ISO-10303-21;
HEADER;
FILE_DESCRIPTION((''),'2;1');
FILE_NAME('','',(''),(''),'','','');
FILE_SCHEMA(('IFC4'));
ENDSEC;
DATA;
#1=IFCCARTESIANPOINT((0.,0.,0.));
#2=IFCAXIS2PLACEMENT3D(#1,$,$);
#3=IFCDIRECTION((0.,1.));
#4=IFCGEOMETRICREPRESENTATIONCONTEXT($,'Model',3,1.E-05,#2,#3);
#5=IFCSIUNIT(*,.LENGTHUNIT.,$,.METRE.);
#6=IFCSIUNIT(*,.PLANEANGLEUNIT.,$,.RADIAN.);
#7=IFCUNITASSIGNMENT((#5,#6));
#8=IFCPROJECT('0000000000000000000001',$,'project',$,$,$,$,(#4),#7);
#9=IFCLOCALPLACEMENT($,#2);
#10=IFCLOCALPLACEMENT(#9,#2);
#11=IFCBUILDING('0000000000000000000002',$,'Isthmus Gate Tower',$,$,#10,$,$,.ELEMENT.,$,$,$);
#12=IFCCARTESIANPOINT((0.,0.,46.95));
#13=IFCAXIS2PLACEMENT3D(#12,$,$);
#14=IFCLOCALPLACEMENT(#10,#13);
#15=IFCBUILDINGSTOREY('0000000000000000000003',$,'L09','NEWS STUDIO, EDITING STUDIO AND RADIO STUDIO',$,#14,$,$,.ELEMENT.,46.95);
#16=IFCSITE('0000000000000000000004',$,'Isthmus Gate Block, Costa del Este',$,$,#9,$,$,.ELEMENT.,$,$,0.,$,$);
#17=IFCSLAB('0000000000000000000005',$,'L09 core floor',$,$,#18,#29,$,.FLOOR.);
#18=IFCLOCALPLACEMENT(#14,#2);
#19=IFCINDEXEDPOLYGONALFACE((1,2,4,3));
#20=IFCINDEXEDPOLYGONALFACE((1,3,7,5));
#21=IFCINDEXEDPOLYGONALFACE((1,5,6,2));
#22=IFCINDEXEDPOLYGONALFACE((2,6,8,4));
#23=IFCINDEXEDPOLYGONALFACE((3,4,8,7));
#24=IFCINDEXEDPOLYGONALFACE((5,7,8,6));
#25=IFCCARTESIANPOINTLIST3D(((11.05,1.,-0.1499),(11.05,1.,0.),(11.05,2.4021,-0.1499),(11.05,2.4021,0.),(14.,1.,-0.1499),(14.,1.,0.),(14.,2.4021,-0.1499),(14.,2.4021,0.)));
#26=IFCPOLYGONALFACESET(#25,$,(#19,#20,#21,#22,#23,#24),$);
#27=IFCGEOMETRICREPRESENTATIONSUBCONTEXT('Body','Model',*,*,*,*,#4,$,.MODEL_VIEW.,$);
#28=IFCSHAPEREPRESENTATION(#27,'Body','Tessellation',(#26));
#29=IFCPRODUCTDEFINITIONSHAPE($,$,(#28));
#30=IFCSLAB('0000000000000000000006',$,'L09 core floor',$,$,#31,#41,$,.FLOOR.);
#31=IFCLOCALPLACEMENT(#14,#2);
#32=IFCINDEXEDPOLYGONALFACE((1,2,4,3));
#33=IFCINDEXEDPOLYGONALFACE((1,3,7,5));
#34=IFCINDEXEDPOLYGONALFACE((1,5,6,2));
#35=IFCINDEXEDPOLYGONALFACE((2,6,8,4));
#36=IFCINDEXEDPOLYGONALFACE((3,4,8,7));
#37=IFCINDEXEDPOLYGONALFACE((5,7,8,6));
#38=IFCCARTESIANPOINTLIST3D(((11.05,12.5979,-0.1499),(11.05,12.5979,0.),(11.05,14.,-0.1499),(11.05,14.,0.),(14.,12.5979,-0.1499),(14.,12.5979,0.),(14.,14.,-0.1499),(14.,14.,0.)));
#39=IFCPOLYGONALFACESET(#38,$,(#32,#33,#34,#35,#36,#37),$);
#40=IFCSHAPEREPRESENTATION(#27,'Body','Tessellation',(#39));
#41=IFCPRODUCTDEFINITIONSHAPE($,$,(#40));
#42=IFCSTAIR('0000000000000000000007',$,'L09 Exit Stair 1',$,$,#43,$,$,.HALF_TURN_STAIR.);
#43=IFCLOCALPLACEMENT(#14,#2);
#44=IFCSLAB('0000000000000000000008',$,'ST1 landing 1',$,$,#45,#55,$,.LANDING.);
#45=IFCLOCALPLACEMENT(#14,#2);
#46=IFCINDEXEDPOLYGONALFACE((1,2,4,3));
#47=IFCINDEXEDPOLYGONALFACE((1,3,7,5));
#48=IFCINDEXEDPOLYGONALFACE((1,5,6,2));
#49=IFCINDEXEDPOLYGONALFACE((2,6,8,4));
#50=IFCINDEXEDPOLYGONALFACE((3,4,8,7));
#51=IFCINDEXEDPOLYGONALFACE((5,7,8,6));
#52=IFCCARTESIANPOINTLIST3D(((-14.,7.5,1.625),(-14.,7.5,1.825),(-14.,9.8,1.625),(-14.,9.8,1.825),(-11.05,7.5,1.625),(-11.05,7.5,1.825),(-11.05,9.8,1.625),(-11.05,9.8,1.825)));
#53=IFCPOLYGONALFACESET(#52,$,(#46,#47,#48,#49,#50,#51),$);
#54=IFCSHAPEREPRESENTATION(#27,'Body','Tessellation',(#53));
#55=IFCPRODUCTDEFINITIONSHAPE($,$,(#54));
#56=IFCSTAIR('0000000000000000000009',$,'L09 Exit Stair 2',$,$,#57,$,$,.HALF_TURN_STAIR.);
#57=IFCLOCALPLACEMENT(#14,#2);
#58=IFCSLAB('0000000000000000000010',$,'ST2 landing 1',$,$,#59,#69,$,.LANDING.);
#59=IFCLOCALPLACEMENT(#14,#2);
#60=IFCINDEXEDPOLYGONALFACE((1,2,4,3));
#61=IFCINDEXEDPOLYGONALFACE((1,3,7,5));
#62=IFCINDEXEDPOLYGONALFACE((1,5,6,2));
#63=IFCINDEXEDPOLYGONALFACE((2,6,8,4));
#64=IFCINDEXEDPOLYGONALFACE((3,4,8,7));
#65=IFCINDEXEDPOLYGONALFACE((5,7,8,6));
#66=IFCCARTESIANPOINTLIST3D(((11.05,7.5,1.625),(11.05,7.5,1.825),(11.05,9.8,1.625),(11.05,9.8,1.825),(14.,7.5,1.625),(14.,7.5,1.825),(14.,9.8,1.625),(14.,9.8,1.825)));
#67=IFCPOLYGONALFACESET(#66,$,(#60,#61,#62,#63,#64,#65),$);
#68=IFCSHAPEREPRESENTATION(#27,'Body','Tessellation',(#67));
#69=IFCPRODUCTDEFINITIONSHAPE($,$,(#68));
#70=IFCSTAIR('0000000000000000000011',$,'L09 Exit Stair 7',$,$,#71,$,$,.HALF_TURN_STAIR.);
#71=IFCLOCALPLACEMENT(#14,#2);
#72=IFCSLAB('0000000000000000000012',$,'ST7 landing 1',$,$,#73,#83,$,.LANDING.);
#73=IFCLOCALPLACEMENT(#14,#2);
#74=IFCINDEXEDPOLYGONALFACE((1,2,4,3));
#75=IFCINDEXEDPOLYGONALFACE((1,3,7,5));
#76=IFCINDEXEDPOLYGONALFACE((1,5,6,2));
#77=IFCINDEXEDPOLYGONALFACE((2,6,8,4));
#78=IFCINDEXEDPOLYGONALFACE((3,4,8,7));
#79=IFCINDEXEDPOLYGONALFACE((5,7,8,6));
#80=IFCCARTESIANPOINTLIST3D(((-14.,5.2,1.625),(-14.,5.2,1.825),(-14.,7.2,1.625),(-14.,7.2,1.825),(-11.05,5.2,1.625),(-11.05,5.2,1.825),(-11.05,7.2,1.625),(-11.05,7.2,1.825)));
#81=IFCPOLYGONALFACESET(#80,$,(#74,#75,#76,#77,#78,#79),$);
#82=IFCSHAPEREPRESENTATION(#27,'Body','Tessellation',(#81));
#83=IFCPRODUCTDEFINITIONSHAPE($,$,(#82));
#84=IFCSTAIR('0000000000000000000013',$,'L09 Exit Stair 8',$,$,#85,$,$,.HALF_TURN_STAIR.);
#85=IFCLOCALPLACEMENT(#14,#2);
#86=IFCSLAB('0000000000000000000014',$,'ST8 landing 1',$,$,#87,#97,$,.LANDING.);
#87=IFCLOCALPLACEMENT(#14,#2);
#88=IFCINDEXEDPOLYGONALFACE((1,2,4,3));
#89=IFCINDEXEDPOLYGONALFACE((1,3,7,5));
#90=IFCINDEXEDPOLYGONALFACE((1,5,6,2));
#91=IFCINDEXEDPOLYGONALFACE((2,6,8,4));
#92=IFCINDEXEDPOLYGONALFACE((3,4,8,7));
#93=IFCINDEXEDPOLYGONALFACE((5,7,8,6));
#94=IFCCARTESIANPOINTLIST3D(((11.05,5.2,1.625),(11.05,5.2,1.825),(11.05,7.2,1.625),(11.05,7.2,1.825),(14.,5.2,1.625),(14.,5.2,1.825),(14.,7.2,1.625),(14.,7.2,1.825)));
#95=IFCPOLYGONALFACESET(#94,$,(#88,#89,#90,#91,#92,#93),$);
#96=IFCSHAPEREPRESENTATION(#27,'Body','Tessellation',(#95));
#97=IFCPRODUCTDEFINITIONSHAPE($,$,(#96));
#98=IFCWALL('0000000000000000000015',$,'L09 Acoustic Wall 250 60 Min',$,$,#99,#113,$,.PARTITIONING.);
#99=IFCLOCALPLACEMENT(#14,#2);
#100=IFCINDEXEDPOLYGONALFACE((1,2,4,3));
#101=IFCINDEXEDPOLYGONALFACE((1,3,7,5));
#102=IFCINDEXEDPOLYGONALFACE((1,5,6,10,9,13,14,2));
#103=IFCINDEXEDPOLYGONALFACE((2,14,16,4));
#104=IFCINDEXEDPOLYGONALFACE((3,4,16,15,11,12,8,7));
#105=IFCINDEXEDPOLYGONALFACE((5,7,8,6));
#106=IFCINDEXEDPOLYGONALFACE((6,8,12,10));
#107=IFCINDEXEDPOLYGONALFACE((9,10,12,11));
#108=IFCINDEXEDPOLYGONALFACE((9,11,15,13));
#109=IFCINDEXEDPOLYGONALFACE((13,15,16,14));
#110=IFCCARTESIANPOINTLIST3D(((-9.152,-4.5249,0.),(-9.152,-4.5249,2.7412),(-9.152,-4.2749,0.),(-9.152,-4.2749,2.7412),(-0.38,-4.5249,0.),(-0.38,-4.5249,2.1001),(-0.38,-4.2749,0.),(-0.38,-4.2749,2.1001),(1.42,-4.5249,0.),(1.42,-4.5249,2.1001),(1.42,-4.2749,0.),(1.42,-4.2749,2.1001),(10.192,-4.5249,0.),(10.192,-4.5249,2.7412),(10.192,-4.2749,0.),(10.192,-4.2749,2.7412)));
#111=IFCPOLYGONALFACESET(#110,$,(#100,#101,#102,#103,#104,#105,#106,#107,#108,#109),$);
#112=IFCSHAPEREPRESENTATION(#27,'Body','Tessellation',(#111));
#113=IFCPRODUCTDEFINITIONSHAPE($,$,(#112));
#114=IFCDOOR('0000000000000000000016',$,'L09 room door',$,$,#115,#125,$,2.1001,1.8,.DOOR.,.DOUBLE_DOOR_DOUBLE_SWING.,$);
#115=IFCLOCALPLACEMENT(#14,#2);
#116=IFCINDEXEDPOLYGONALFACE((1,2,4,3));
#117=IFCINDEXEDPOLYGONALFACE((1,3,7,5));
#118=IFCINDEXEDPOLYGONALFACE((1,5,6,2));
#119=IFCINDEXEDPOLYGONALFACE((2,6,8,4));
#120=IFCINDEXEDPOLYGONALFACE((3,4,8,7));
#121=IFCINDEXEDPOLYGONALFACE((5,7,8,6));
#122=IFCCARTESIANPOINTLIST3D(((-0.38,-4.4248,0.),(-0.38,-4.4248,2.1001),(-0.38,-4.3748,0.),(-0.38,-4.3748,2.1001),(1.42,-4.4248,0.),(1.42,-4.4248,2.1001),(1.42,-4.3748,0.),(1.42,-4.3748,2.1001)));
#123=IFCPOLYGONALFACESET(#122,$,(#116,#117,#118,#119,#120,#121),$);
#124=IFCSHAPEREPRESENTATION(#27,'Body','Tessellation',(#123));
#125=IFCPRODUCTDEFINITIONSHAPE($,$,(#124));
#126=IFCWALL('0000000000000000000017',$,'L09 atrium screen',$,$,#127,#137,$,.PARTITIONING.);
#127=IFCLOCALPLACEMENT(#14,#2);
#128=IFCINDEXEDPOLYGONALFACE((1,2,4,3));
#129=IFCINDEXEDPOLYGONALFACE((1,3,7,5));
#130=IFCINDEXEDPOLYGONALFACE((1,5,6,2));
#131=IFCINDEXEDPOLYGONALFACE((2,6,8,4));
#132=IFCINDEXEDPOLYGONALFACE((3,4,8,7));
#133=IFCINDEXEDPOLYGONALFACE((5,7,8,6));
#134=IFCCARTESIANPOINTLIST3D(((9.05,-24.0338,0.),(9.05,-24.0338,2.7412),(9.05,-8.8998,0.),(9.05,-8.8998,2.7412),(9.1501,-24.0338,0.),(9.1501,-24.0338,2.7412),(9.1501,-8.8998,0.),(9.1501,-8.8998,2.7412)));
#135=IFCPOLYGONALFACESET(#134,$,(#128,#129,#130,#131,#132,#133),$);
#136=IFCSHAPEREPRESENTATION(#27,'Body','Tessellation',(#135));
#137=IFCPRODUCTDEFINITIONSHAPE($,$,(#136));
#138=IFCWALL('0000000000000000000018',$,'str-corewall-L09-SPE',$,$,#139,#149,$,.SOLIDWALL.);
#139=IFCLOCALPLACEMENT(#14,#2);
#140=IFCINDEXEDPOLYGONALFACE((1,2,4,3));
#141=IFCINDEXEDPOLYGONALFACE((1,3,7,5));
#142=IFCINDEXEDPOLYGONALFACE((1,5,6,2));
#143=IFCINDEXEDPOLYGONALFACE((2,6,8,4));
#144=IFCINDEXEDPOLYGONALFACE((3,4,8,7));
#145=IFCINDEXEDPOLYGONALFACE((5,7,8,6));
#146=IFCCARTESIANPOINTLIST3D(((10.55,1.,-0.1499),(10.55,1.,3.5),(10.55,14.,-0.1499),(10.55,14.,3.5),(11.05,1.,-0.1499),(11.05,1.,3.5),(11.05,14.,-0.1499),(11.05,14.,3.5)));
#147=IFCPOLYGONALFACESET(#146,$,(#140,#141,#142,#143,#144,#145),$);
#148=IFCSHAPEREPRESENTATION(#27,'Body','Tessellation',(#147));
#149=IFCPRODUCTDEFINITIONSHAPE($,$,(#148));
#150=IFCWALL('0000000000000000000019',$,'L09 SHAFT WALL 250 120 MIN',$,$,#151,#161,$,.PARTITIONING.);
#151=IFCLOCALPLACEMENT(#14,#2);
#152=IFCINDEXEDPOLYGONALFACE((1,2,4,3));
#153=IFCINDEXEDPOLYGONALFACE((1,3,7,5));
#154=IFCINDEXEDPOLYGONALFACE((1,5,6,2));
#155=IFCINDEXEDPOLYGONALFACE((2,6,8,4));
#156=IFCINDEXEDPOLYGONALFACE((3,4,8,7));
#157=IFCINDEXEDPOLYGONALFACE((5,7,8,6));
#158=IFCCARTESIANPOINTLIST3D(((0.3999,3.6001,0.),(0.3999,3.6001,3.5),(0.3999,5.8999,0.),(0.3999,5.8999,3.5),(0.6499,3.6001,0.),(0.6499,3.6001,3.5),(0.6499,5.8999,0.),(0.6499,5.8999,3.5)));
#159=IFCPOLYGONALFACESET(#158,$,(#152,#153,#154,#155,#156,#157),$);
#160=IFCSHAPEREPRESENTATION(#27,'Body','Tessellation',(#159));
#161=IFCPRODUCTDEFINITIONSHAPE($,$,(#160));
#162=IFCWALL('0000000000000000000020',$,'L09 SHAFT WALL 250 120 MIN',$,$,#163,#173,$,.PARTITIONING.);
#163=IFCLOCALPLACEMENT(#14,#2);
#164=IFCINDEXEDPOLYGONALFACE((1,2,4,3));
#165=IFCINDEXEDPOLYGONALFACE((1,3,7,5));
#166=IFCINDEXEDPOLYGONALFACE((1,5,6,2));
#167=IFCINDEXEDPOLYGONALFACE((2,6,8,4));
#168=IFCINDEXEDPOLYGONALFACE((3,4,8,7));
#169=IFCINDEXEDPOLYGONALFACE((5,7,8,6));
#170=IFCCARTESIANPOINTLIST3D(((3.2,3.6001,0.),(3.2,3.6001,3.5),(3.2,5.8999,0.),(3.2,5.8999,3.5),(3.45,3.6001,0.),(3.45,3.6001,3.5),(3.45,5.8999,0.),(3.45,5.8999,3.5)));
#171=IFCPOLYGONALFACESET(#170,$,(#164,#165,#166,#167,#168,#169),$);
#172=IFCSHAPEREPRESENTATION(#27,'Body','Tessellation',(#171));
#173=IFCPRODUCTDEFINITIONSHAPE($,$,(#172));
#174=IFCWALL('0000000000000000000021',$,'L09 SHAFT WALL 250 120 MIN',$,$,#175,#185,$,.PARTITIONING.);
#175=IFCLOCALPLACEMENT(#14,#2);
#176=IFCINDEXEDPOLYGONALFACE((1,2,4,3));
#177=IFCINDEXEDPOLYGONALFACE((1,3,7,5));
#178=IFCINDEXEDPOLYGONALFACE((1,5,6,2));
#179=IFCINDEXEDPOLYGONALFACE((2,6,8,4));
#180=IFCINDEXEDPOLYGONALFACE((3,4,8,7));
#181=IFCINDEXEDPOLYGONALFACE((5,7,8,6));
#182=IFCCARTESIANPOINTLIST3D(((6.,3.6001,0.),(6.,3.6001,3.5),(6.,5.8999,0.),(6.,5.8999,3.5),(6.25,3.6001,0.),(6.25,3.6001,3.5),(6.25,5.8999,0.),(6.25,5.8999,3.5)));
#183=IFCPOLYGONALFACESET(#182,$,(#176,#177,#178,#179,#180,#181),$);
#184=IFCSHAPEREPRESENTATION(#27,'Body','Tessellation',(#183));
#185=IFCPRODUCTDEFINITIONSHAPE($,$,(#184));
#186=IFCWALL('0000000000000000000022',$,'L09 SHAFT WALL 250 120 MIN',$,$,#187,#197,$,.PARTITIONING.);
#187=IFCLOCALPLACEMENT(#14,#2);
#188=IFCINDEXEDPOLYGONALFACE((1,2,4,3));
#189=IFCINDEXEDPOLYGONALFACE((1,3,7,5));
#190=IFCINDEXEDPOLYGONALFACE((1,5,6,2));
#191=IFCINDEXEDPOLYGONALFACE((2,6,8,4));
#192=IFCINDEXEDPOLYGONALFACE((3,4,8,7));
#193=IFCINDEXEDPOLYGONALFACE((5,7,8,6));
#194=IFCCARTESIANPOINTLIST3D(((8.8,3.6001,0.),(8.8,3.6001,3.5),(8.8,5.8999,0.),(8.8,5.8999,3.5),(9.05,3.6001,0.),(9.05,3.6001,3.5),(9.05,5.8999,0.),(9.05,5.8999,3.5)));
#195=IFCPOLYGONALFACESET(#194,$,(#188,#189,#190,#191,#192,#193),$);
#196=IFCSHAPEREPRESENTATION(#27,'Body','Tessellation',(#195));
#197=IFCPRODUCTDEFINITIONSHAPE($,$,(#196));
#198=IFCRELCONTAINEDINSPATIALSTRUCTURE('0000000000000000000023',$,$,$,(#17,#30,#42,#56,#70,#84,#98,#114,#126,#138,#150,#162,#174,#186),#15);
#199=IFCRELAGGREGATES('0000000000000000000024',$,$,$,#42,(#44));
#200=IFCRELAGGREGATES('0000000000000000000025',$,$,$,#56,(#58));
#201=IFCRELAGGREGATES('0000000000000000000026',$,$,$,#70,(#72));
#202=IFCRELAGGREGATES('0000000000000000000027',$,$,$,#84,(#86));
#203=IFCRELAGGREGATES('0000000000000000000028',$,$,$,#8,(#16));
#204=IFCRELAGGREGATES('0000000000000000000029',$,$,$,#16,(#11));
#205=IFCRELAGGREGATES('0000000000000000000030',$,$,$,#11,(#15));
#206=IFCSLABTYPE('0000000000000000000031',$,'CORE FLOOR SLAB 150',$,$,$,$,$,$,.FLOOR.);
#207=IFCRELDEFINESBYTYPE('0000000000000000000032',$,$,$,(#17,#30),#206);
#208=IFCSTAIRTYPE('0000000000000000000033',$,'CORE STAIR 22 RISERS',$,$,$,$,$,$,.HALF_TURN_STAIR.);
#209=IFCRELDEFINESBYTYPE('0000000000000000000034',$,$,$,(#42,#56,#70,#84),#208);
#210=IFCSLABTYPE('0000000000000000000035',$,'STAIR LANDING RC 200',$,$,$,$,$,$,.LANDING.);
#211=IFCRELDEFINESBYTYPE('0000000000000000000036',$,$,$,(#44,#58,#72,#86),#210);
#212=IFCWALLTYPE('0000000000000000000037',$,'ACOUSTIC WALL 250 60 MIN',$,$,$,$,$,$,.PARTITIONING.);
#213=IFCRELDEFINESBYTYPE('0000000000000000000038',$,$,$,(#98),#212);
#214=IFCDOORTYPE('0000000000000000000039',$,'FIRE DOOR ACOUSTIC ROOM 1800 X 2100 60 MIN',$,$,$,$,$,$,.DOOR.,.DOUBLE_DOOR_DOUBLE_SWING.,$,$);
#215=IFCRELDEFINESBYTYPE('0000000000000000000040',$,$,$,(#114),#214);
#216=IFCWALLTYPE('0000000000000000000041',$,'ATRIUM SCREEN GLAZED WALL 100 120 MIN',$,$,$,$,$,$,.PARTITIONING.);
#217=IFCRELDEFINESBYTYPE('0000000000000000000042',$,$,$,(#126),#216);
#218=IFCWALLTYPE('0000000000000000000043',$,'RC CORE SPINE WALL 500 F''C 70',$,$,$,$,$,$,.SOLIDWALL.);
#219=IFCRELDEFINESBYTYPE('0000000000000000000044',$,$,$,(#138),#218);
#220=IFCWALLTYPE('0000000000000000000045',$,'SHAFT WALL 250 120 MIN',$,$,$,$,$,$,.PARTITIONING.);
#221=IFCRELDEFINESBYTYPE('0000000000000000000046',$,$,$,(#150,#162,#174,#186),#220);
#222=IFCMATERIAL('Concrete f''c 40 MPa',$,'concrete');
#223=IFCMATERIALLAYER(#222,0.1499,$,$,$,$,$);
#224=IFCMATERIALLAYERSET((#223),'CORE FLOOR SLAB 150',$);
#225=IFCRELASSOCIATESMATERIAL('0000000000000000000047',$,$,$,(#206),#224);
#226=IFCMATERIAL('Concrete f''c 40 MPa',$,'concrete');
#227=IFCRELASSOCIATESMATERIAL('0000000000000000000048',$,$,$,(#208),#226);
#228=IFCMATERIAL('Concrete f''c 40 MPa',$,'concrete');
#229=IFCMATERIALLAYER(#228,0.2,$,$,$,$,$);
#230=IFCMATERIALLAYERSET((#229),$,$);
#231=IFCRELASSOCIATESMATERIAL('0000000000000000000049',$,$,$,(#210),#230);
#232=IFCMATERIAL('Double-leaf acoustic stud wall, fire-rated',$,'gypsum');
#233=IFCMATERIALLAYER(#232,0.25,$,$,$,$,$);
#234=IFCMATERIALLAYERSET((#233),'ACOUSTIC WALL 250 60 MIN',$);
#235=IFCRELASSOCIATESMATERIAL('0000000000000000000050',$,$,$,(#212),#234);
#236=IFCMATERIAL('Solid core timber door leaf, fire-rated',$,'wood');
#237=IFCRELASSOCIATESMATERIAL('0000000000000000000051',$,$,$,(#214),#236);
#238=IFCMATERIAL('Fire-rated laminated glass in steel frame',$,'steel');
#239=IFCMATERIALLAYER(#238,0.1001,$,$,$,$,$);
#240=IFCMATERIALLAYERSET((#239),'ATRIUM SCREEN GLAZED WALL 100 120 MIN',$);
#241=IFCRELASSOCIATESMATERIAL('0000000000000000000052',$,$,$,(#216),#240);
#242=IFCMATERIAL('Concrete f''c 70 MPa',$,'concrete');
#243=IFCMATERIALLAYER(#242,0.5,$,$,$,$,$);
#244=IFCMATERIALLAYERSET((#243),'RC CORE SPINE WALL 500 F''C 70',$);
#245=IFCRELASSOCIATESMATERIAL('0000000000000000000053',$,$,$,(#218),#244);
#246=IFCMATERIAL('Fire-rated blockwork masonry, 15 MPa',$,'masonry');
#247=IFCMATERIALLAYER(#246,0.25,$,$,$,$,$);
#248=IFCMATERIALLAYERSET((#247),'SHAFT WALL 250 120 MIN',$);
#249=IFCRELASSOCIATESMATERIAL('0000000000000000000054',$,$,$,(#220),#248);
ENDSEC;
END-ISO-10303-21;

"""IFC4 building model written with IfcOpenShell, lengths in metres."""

from ifc_helpers import new_model, si_unit, direction, frame, frame_2d, origin, place, context, subcontext, project, spatial, polyline, rectangle, outline, extrude, material, layer, layer_set, type_object, element, fill, aggregate, save


model = new_model("IFC4")

# Units and contexts
model_context = context("Model", 3, precision=1e-05, world=origin(), true_north=direction((0.0, 1.0)))
body_context = subcontext(model_context, "Body", "Model", "MODEL_VIEW")
ifc_project = project(units=[si_unit("LENGTHUNIT", "METRE"), si_unit("PLANEANGLEUNIT", "RADIAN")], contexts=[model_context])

# Site, building, storey
site_placement = place(None, origin())
site = spatial("IfcSite", under=ifc_project, at=site_placement, Name="Isthmus Gate Block, Costa del Este", CompositionType="ELEMENT", RefElevation=0.0)
building_placement = place(site_placement, origin())
building = spatial("IfcBuilding", under=site, at=building_placement, Name="Isthmus Gate Tower", CompositionType="ELEMENT")
storey_placement = place(building_placement, frame((0.0, 0.0, 46.95)))
storey = spatial("IfcBuildingStorey", under=building, at=storey_placement, Name="L09", Description="NEWS STUDIO, EDITING STUDIO AND RADIO STUDIO", CompositionType="ELEMENT", Elevation=46.95)

# Slabs
ifc_material_1 = material(Name="Concrete f'c 40 MPa", Category="concrete")
ifc_layer_1 = layer(ifc_material_1, 0.1499)
ifc_layer_set_1 = layer_set([ifc_layer_1], Name="CORE FLOOR SLAB 150")
slab_type_1 = type_object("IfcSlabType", Name="CORE FLOOR SLAB 150", PredefinedType="FLOOR", material=ifc_layer_set_1)
slab_1_placement = place(storey_placement, frame((0.0, 0.0, -0.1499)))
element("IfcSlab", 1, at=slab_1_placement, inside=storey, type_object=slab_type_1, Name="L09 core floor", PredefinedType="FLOOR", context=body_context, shape_type="SweptSolid", body=[
    extrude(outline(polyline([(14.0, 1.0), (14.0, 2.4021), (11.05, 2.4021), (11.05, 1.0), (14.0, 1.0)])), origin(), (0.0, 0.0, 1.0), 0.1499),
])
slab_2_placement = place(storey_placement, frame((0.0, 0.0, -0.1499)))
element("IfcSlab", 2, at=slab_2_placement, inside=storey, type_object=slab_type_1, Name="L09 core floor", PredefinedType="FLOOR", context=body_context, shape_type="SweptSolid", body=[
    extrude(outline(polyline([(11.05, 14.0), (11.05, 12.5979), (14.0, 12.5979), (14.0, 14.0), (11.05, 14.0)])), origin(), (0.0, 0.0, 1.0), 0.1499),
])

# Stairs, slabs
ifc_material_2 = material(Name="Concrete f'c 40 MPa", Category="concrete")
stair_type = type_object("IfcStairType", Name="CORE STAIR 22 RISERS", PredefinedType="HALF_TURN_STAIR", material=ifc_material_2)
stair_1_placement = place(storey_placement, origin())
stair_1 = element("IfcStair", 3, at=stair_1_placement, inside=storey, type_object=stair_type, Name="L09 Exit Stair 1", PredefinedType="HALF_TURN_STAIR")
ifc_material_3 = material(Name="Concrete f'c 40 MPa", Category="concrete")
ifc_layer_2 = layer(ifc_material_3, 0.2)
ifc_layer_set_2 = layer_set([ifc_layer_2])
slab_type_2 = type_object("IfcSlabType", Name="STAIR LANDING RC 200", PredefinedType="LANDING", material=ifc_layer_set_2)
slab_3_placement = place(storey_placement, frame((0.0, 0.0, 1.625)))
slab_3 = element("IfcSlab", 4, at=slab_3_placement, type_object=slab_type_2, Name="ST1 landing 1", PredefinedType="LANDING", context=body_context, shape_type="SweptSolid", body=[
    extrude(outline(polyline([(-14.0, 9.8), (-14.0, 7.5), (-11.05, 7.5), (-11.05, 9.8), (-14.0, 9.8)])), origin(), (0.0, 0.0, 1.0), 0.2),
])
aggregate(stair_1, [slab_3])
stair_2_placement = place(storey_placement, origin())
stair_2 = element("IfcStair", 5, at=stair_2_placement, inside=storey, type_object=stair_type, Name="L09 Exit Stair 2", PredefinedType="HALF_TURN_STAIR")
slab_4_placement = place(storey_placement, frame((0.0, 0.0, 1.625)))
slab_4 = element("IfcSlab", 6, at=slab_4_placement, type_object=slab_type_2, Name="ST2 landing 1", PredefinedType="LANDING", context=body_context, shape_type="SweptSolid", body=[
    extrude(outline(polyline([(11.05, 9.8), (11.05, 7.5), (14.0, 7.5), (14.0, 9.8), (11.05, 9.8)])), origin(), (0.0, 0.0, 1.0), 0.2),
])
aggregate(stair_2, [slab_4])
stair_3_placement = place(storey_placement, origin())
stair_3 = element("IfcStair", 7, at=stair_3_placement, inside=storey, type_object=stair_type, Name="L09 Exit Stair 7", PredefinedType="HALF_TURN_STAIR")
slab_5_placement = place(storey_placement, frame((0.0, 0.0, 1.625)))
slab_5 = element("IfcSlab", 8, at=slab_5_placement, type_object=slab_type_2, Name="ST7 landing 1", PredefinedType="LANDING", context=body_context, shape_type="SweptSolid", body=[
    extrude(outline(polyline([(-11.05, 5.2), (-11.05, 7.2), (-14.0, 7.2), (-14.0, 5.2), (-11.05, 5.2)])), origin(), (0.0, 0.0, 1.0), 0.2),
])
aggregate(stair_3, [slab_5])
stair_4_placement = place(storey_placement, origin())
stair_4 = element("IfcStair", 9, at=stair_4_placement, inside=storey, type_object=stair_type, Name="L09 Exit Stair 8", PredefinedType="HALF_TURN_STAIR")
slab_6_placement = place(storey_placement, frame((0.0, 0.0, 1.625)))
slab_6 = element("IfcSlab", 10, at=slab_6_placement, type_object=slab_type_2, Name="ST8 landing 1", PredefinedType="LANDING", context=body_context, shape_type="SweptSolid", body=[
    extrude(outline(polyline([(14.0, 5.2), (14.0, 7.2), (11.05, 7.2), (11.05, 5.2), (14.0, 5.2)])), origin(), (0.0, 0.0, 1.0), 0.2),
])

# Wall, opening, door
ifc_material_4 = material(Name="Double-leaf acoustic stud wall, fire-rated", Category="gypsum")
ifc_layer_3 = layer(ifc_material_4, 0.25)
ifc_layer_set_3 = layer_set([ifc_layer_3], Name="ACOUSTIC WALL 250 60 MIN")
wall_type_1 = type_object("IfcWallType", Name="ACOUSTIC WALL 250 60 MIN", PredefinedType="PARTITIONING", material=ifc_layer_set_3)
wall_1_placement = place(storey_placement, frame((10.1919, -4.3999, 0.0), z_axis=(0.0, 0.0, 1.0), x_axis=(-1.0, 0.0, 0.0)))
wall_1 = element("IfcWall", 11, at=wall_1_placement, inside=storey, type_object=wall_type_1, Name="L09 Acoustic Wall 250 60 Min", PredefinedType="PARTITIONING", context=body_context, shape_type="SweptSolid", body=[
    extrude(rectangle(XDim=19.344, YDim=0.25, at=frame_2d((9.6719, 0.0))), origin(), (0.0, 0.0, 1.0), 2.7412),
])
opening_placement = place(wall_1_placement, frame((8.772, 0.0, 0.0)))
opening = element("IfcOpeningElement", 12, at=opening_placement, cuts=wall_1, PredefinedType="OPENING", context=body_context, shape_type="SweptSolid", body=[
    extrude(rectangle(XDim=1.8, YDim=2.1001, at=frame_2d((0.8999, 1.05))), frame((0.0, 0.135, 0.0), z_axis=(0.0, -1.0, 0.0), x_axis=(1.0, 0.0, 0.0)), (0.0, 0.0, 1.0), 0.27),
])
ifc_material_5 = material(Name="Solid core timber door leaf, fire-rated", Category="wood")
door_type = type_object("IfcDoorType", Name="FIRE DOOR ACOUSTIC ROOM 1800 X 2100 60 MIN", OperationType="DOUBLE_DOOR_DOUBLE_SWING", PredefinedType="DOOR", material=ifc_material_5)
door_placement = place(opening_placement, origin())
door = element("IfcDoor", 13, at=door_placement, inside=storey, type_object=door_type, Name="L09 room door", OperationType="DOUBLE_DOOR_DOUBLE_SWING", OverallHeight=2.1001, OverallWidth=1.8, PredefinedType="DOOR", context=body_context, shape_type="SweptSolid", body=[
    extrude(rectangle(XDim=1.8, YDim=2.1001, at=frame_2d((0.8999, 1.05))), frame((0.0, 0.0249, 0.0), z_axis=(0.0, -1.0, 0.0), x_axis=(1.0, 0.0, 0.0)), (0.0, 0.0, 1.0), 0.05),
])
fill(opening, door)

# Walls
ifc_material_6 = material(Name="Fire-rated laminated glass in steel frame", Category="steel")
ifc_layer_4 = layer(ifc_material_6, 0.1001)
ifc_layer_set_4 = layer_set([ifc_layer_4], Name="ATRIUM SCREEN GLAZED WALL 100 120 MIN")
wall_type_2 = type_object("IfcWallType", Name="ATRIUM SCREEN GLAZED WALL 100 120 MIN", PredefinedType="PARTITIONING", material=ifc_layer_set_4)
wall_2_placement = place(storey_placement, frame((9.1001, -8.8999, 0.0), z_axis=(0.0, 0.0, 1.0), x_axis=(0.0, -1.0, 0.0)))
element("IfcWall", 14, at=wall_2_placement, inside=storey, type_object=wall_type_2, Name="L09 atrium screen", PredefinedType="PARTITIONING", context=body_context, shape_type="SweptSolid", body=[
    extrude(rectangle(XDim=15.134, YDim=0.1001, at=frame_2d((7.5669, 0.0))), origin(), (0.0, 0.0, 1.0), 2.7412),
])
ifc_material_7 = material(Name="Concrete f'c 70 MPa", Category="concrete")
ifc_layer_5 = layer(ifc_material_7, 0.5)
ifc_layer_set_5 = layer_set([ifc_layer_5], Name="RC CORE SPINE WALL 500 F'C 70")
wall_type_3 = type_object("IfcWallType", Name="RC CORE SPINE WALL 500 F'C 70", PredefinedType="SOLIDWALL", material=ifc_layer_set_5)
wall_3_placement = place(storey_placement, frame((10.8, 1.0, -0.1499), z_axis=(0.0, 0.0, 1.0), x_axis=(0.0, 1.0, 0.0)))
element("IfcWall", 15, at=wall_3_placement, inside=storey, type_object=wall_type_3, Name="str-corewall-L09-SPE", PredefinedType="SOLIDWALL", context=body_context, shape_type="SweptSolid", body=[
    extrude(rectangle(XDim=13.0, YDim=0.5, at=frame_2d((6.5, 0.0))), origin(), (0.0, 0.0, 1.0), 3.6499),
])
ifc_material_8 = material(Name="Fire-rated blockwork masonry, 15 MPa", Category="masonry")
ifc_layer_6 = layer(ifc_material_8, 0.25)
ifc_layer_set_6 = layer_set([ifc_layer_6], Name="SHAFT WALL 250 120 MIN")
wall_type_4 = type_object("IfcWallType", Name="SHAFT WALL 250 120 MIN", PredefinedType="PARTITIONING", material=ifc_layer_set_6)
for number, where, z_axis, x_axis, name in (
    (16, (0.5249, 3.6001, 0.0), (0.0, 0.0, 1.0), (0.0, 1.0, 0.0), "L09 SHAFT WALL 250 120 MIN"),
    (17, (3.325, 3.6001, 0.0), (0.0, 0.0, 1.0), (0.0, 1.0, 0.0), "L09 SHAFT WALL 250 120 MIN"),
    (18, (6.125, 3.6001, 0.0), (0.0, 0.0, 1.0), (0.0, 1.0, 0.0), "L09 SHAFT WALL 250 120 MIN"),
    (19, (8.925, 3.6001, 0.0), (0.0, 0.0, 1.0), (0.0, 1.0, 0.0), "L09 SHAFT WALL 250 120 MIN"),
):
    element("IfcWall", number, at=place(storey_placement, frame(where, z_axis=z_axis, x_axis=x_axis)), inside=storey, type_object=wall_type_4, Name=name, PredefinedType="PARTITIONING", context=body_context, shape_type="SweptSolid", body=[
        extrude(rectangle(XDim=2.2998, YDim=0.25, at=frame_2d((1.1499, 0.0))), origin(), (0.0, 0.0, 1.0), 3.5),
    ])

aggregate(stair_4, [slab_6])

save(model, "model.ifc")
